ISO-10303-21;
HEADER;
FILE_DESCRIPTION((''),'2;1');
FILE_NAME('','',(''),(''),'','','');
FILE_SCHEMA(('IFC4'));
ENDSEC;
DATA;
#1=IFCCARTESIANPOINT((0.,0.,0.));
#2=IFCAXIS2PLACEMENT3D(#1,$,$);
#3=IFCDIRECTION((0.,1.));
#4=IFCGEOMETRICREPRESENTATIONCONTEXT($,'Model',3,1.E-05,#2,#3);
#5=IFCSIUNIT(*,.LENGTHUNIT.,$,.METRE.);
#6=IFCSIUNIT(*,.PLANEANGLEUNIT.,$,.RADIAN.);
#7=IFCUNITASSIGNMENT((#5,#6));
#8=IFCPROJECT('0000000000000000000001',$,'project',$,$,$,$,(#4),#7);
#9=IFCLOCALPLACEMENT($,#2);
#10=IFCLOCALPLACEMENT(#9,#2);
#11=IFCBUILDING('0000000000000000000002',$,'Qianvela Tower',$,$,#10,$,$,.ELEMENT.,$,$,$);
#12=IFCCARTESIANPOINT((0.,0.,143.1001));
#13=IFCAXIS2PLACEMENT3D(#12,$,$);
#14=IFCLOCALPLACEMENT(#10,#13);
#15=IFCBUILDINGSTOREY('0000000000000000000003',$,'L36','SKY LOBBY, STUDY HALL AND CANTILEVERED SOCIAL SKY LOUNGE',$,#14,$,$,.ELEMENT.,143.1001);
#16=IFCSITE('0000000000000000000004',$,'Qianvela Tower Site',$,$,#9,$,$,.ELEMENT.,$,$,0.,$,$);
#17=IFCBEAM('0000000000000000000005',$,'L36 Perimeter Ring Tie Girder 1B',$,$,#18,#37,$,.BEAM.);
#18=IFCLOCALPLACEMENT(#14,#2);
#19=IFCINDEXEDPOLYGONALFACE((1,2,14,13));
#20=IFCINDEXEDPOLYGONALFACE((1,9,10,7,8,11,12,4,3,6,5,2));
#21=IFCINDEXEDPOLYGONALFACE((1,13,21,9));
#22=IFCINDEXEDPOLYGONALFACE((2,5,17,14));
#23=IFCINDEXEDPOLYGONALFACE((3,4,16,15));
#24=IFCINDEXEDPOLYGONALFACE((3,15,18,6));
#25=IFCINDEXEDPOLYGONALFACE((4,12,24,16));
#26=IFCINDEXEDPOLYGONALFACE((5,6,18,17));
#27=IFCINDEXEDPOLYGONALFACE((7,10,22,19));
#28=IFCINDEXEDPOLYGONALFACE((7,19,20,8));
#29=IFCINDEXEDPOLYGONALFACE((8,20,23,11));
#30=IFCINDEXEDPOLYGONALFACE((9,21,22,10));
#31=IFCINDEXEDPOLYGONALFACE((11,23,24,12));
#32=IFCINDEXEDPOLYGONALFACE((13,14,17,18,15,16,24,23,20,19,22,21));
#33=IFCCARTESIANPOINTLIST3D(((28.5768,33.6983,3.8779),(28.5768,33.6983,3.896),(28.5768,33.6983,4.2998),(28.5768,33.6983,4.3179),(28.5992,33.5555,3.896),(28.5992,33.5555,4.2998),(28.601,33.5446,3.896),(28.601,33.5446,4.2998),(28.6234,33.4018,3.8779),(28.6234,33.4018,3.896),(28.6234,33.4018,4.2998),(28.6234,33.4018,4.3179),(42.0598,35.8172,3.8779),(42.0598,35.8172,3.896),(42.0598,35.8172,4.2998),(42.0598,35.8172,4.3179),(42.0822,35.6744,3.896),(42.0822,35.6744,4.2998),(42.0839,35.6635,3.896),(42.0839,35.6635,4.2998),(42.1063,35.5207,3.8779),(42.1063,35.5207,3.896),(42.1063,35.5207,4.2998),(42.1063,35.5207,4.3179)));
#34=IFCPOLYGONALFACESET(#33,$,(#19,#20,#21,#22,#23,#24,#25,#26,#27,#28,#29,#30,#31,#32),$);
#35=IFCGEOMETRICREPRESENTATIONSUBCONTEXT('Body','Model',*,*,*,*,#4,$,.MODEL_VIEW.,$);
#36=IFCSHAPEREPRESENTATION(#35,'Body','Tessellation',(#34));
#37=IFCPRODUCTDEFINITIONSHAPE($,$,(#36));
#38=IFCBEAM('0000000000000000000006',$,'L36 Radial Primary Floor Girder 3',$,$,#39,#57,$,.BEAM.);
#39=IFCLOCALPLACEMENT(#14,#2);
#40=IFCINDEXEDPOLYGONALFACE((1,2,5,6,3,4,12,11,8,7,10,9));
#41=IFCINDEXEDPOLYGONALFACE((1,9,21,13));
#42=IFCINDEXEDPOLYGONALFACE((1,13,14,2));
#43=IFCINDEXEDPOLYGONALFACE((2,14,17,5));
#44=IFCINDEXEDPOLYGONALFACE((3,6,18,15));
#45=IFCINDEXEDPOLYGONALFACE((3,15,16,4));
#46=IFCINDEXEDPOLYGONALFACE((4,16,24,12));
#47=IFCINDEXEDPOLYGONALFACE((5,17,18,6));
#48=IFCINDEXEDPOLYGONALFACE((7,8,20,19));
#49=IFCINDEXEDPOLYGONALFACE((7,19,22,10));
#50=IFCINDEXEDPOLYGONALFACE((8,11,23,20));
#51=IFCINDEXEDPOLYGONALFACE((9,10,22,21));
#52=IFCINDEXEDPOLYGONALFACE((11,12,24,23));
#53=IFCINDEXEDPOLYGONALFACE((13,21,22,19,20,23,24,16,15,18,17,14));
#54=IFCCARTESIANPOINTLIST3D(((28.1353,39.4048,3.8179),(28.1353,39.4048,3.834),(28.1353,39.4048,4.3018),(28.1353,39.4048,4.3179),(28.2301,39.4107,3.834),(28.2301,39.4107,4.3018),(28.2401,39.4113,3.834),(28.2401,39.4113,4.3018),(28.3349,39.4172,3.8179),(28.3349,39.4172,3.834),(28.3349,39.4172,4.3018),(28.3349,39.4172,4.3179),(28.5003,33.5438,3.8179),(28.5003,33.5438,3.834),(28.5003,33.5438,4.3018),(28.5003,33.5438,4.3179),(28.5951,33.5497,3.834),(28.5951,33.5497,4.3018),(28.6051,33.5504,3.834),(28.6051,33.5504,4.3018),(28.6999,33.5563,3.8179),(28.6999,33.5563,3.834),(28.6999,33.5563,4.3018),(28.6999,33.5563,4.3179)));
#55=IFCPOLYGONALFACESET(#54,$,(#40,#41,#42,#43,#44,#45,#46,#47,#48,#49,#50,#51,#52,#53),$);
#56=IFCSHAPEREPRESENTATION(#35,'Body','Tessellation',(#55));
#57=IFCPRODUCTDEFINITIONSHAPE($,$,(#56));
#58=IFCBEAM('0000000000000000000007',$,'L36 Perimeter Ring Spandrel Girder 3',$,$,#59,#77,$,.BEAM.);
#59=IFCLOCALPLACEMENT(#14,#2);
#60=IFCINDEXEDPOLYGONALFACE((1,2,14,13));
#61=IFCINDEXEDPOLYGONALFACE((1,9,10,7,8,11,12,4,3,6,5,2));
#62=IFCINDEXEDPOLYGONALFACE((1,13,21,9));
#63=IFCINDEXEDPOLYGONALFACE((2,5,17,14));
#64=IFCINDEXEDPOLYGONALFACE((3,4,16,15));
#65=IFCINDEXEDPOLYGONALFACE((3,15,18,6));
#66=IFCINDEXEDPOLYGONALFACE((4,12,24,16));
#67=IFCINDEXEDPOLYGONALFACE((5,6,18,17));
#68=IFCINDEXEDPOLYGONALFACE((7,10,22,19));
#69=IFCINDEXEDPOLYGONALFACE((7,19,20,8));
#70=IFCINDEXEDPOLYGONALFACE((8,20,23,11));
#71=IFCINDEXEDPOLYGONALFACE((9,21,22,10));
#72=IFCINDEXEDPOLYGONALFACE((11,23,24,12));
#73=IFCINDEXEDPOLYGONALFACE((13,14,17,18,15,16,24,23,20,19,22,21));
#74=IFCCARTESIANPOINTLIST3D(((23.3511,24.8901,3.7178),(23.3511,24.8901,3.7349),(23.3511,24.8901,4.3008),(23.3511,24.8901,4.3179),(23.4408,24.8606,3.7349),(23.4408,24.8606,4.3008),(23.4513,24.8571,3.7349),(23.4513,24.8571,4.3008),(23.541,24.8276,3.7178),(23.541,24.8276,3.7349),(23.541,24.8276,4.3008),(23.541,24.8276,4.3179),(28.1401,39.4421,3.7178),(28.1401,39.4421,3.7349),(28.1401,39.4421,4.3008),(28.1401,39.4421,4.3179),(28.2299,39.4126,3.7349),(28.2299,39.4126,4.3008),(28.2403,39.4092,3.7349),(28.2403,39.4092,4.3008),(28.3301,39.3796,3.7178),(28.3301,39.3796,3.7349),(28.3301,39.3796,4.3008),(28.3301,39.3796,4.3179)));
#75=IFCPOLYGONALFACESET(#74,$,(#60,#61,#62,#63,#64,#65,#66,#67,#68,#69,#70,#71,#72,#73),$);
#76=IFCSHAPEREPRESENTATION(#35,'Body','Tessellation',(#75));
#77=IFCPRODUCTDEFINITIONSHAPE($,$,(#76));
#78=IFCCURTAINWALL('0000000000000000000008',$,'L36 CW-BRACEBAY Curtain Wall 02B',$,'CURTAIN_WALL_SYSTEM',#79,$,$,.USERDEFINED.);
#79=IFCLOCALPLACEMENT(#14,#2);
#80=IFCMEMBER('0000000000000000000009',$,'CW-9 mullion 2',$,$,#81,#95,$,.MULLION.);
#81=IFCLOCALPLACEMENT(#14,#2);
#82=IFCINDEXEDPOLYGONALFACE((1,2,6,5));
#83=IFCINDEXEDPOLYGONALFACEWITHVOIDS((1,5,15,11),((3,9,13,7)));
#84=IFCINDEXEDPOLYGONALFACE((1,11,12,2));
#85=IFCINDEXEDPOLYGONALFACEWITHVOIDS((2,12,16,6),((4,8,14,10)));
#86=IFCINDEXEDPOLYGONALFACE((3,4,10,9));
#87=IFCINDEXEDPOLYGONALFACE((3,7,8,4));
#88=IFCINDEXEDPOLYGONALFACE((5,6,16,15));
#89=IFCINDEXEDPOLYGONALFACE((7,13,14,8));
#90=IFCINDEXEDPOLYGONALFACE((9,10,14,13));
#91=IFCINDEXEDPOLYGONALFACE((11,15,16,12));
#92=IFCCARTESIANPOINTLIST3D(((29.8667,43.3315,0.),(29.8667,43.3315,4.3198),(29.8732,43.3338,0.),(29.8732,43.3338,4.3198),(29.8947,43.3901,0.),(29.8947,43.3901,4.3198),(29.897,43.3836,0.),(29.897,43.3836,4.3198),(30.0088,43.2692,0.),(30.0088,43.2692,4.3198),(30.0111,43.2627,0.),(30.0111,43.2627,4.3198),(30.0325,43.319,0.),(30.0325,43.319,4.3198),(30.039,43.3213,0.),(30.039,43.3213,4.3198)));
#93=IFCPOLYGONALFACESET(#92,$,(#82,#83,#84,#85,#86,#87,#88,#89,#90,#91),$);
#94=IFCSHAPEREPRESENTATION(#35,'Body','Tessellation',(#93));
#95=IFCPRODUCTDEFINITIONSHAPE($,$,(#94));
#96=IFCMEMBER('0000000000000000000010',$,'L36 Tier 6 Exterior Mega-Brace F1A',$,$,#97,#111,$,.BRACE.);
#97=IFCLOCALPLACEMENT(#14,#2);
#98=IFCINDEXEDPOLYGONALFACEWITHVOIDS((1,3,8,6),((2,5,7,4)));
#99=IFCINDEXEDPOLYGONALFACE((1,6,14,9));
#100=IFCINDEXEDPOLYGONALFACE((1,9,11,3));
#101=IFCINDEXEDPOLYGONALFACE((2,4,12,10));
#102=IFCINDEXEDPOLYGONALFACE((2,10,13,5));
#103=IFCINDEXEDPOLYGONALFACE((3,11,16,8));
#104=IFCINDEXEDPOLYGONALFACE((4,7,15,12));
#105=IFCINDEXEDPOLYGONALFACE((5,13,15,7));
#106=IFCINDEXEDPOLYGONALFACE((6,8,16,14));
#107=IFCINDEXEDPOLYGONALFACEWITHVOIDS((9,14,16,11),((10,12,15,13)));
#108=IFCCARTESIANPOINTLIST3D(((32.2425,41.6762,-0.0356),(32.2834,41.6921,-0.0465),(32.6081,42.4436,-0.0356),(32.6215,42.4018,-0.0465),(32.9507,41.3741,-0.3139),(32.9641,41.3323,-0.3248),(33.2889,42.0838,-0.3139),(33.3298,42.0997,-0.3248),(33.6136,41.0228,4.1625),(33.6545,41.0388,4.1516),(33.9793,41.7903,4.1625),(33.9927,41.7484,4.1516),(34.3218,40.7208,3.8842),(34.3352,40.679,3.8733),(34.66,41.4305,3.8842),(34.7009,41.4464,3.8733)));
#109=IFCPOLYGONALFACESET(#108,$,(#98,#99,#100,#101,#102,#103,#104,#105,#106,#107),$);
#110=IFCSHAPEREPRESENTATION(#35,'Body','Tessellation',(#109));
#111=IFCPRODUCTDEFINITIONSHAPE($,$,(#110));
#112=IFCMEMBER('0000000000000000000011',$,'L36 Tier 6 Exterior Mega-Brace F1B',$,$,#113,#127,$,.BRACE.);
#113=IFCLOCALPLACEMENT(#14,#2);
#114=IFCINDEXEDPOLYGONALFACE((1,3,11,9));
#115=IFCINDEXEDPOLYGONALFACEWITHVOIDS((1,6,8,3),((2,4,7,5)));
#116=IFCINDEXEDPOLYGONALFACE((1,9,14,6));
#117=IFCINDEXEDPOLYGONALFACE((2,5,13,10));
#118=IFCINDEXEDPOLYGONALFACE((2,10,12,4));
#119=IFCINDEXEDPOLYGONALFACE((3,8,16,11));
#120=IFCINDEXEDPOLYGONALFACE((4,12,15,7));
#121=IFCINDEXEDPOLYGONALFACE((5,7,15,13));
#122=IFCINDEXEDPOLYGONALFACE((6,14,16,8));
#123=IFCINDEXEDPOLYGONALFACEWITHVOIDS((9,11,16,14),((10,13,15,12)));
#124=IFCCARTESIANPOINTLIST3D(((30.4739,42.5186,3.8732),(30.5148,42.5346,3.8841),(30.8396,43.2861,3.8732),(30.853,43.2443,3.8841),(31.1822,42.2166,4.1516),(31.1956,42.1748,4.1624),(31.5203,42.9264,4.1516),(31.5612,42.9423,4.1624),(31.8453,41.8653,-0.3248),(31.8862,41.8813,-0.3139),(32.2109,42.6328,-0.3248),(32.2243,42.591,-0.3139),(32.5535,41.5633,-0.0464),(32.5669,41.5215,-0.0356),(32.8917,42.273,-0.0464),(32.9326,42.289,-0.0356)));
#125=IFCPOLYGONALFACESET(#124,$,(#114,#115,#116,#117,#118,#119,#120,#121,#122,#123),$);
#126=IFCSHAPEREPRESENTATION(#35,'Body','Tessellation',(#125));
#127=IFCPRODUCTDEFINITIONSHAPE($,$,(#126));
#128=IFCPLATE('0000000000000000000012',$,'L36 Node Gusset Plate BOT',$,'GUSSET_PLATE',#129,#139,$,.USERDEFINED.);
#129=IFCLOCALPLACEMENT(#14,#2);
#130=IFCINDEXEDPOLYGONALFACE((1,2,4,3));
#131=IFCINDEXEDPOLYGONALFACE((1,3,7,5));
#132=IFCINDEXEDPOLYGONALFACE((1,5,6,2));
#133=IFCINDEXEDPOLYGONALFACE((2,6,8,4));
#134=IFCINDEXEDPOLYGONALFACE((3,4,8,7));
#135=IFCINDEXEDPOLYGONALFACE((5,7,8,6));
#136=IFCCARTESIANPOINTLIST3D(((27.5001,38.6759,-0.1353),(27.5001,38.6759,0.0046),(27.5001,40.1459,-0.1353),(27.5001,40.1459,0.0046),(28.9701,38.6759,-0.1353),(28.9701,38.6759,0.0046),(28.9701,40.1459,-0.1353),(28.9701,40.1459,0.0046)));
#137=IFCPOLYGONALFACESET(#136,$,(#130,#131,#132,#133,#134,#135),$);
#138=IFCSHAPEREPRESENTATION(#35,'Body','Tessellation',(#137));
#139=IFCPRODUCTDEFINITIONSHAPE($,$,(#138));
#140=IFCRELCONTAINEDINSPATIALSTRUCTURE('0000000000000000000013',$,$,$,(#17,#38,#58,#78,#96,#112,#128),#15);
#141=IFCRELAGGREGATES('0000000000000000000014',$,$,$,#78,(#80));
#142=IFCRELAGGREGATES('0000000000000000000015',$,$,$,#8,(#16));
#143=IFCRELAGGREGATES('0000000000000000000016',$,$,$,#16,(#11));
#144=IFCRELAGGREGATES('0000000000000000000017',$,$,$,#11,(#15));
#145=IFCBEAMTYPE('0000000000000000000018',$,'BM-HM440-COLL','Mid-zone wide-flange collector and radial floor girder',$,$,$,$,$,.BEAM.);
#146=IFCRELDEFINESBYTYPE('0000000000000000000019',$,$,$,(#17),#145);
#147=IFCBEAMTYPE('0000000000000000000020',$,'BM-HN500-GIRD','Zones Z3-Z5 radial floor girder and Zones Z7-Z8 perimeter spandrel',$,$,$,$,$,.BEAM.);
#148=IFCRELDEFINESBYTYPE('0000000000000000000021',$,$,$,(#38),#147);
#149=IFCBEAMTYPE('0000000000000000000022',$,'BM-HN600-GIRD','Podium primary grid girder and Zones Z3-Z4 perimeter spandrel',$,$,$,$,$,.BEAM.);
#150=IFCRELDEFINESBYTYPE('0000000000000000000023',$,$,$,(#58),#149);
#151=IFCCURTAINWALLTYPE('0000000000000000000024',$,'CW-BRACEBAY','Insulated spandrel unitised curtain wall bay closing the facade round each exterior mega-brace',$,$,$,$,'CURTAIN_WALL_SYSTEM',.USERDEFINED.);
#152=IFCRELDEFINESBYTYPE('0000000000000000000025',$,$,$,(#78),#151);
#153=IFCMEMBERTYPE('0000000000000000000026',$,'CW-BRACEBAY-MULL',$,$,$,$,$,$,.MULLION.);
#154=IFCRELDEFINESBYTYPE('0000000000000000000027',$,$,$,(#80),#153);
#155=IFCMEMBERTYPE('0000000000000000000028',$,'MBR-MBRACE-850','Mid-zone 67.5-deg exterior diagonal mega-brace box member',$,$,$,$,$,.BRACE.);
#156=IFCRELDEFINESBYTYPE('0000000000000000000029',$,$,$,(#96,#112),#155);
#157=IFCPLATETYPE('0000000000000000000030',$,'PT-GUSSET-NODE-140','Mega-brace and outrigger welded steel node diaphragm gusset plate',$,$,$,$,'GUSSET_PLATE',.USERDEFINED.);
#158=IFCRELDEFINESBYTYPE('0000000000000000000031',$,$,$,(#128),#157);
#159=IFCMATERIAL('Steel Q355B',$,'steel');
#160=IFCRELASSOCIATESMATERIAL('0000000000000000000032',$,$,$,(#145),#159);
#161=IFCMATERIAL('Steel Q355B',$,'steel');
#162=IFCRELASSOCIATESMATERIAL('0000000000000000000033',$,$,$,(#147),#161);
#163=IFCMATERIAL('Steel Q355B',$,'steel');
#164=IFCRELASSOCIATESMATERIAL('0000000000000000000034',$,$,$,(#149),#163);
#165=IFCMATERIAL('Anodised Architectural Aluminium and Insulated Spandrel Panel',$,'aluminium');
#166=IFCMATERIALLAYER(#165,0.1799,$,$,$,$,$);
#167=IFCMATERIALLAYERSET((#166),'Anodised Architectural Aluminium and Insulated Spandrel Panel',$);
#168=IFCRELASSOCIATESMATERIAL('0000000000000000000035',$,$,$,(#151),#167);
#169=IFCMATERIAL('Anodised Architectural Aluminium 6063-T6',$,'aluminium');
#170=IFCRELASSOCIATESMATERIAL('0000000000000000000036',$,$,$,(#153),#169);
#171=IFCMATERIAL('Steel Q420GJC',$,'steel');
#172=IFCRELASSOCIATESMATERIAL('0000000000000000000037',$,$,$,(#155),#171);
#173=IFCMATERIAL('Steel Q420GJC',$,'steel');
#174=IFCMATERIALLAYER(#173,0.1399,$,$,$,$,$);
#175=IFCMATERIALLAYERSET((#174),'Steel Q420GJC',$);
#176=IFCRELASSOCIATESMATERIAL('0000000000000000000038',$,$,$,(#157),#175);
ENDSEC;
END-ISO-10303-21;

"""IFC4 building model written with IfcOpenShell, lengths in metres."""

from ifc_helpers import new_model, si_unit, direction, frame, origin, origin_2d, place, context, subcontext, project, spatial, rectangle, hollow_rectangle, i_section, extrude, material, layer, layer_set, material_profile, profile_set, type_object, element, aggregate, save


model = new_model("IFC4")

# Units and contexts
model_context = context("Model", 3, precision=1e-05, world=origin(), true_north=direction((0.0, 1.0)))
body_context = subcontext(model_context, "Body", "Model", "MODEL_VIEW")
ifc_project = project(units=[si_unit("LENGTHUNIT", "METRE"), si_unit("PLANEANGLEUNIT", "RADIAN")], contexts=[model_context])

# Site, building, storey
site_placement = place(None, origin())
site = spatial("IfcSite", under=ifc_project, at=site_placement, Name="Qianvela Tower Site", CompositionType="ELEMENT", RefElevation=0.0)
building_placement = place(site_placement, origin())
building = spatial("IfcBuilding", under=site, at=building_placement, Name="Qianvela Tower", CompositionType="ELEMENT")
storey_placement = place(building_placement, frame((0.0, 0.0, 143.1001)))
storey = spatial("IfcBuildingStorey", under=building, at=storey_placement, Name="L36", Description="SKY LOBBY, STUDY HALL AND CANTILEVERED SOCIAL SKY LOUNGE", CompositionType="ELEMENT", Elevation=143.1001)

# Beams
ifc_material_1 = material(Name="Steel Q355B", Category="steel")
ifc_material_profile_1 = material_profile(ifc_material_1, i_section(OverallWidth=0.3, OverallDepth=0.4399, WebThickness=0.011, FlangeThickness=0.0181, at=origin_2d()), Name="HM440x300x11x18")
ifc_profile_set_1 = profile_set([ifc_material_profile_1], Name="Steel Q355B")
beam_type_1 = type_object("IfcBeamType", Name="BM-HM440-COLL", Description="Mid-zone wide-flange collector and radial floor girder", PredefinedType="BEAM", material=ifc_profile_set_1)
beam_1_placement = place(storey_placement, frame((28.6001, 33.55, 4.0979), z_axis=(0.987875, 0.155249, 0.0), x_axis=(-0.155249, 0.987875, 0.0)))
element("IfcBeam", 1, at=beam_1_placement, inside=storey, type_object=beam_type_1, Name="L36 Perimeter Ring Tie Girder 1B", PredefinedType="BEAM", context=body_context, shape_type="SweptSolid", body=[
    extrude(i_section(OverallWidth=0.3, OverallDepth=0.4399, WebThickness=0.011, FlangeThickness=0.0181, at=origin_2d()), origin(), (0.0, 0.0, 1.0), 13.6484),
])
ifc_material_2 = material(Name="Steel Q355B", Category="steel")
ifc_material_profile_2 = material_profile(ifc_material_2, i_section(OverallWidth=0.2, OverallDepth=0.5, WebThickness=0.01, FlangeThickness=0.0161, at=origin_2d()), Name="HN500x200x10x16")
ifc_profile_set_2 = profile_set([ifc_material_profile_2], Name="Steel Q355B")
beam_type_2 = type_object("IfcBeamType", Name="BM-HN500-GIRD", Description="Zones Z3-Z5 radial floor girder and Zones Z7-Z8 perimeter spandrel", PredefinedType="BEAM", material=ifc_profile_set_2)
beam_2_placement = place(storey_placement, frame((28.6001, 33.55, 4.0679), z_axis=(-0.062156, 0.998066, 0.0), x_axis=(-0.998066, -0.062156, 0.0)))
element("IfcBeam", 2, at=beam_2_placement, inside=storey, type_object=beam_type_2, Name="L36 Radial Primary Floor Girder 3", PredefinedType="BEAM", context=body_context, shape_type="SweptSolid", body=[
    extrude(i_section(OverallWidth=0.2, OverallDepth=0.5, WebThickness=0.01, FlangeThickness=0.0161, at=origin_2d()), origin(), (0.0, 0.0, 1.0), 5.8723),
])
ifc_material_3 = material(Name="Steel Q355B", Category="steel")
ifc_material_profile_3 = material_profile(ifc_material_3, i_section(OverallWidth=0.2, OverallDepth=0.6001, WebThickness=0.011, FlangeThickness=0.0171, at=origin_2d()), Name="HN600x200x11x17")
ifc_profile_set_3 = profile_set([ifc_material_profile_3], Name="Steel Q355B")
beam_type_3 = type_object("IfcBeamType", Name="BM-HN600-GIRD", Description="Podium primary grid girder and Zones Z3-Z4 perimeter spandrel", PredefinedType="BEAM", material=ifc_profile_set_3)
beam_3_placement = place(storey_placement, frame((28.2351, 39.4109, 4.0178), z_axis=(-0.312606, -0.949883, 0.0), x_axis=(0.949883, -0.312606, 0.0)))
element("IfcBeam", 3, at=beam_3_placement, inside=storey, type_object=beam_type_3, Name="L36 Perimeter Ring Spandrel Girder 3", PredefinedType="BEAM", context=body_context, shape_type="SweptSolid", body=[
    extrude(i_section(OverallWidth=0.2, OverallDepth=0.6001, WebThickness=0.011, FlangeThickness=0.0171, at=origin_2d()), origin(), (0.0, 0.0, 1.0), 15.3198),
])

# Curtain wall, member
ifc_material_4 = material(Name="Anodised Architectural Aluminium and Insulated Spandrel Panel", Category="aluminium")
ifc_layer_1 = layer(ifc_material_4, 0.1799)
ifc_layer_set_1 = layer_set([ifc_layer_1], Name="Anodised Architectural Aluminium and Insulated Spandrel Panel")
curtain_wall_type = type_object("IfcCurtainWallType", Name="CW-BRACEBAY", Description="Insulated spandrel unitised curtain wall bay closing the facade round each exterior mega-brace", ElementType="CURTAIN_WALL_SYSTEM", PredefinedType="USERDEFINED", material=ifc_layer_set_1)
curtain_wall_placement = place(storey_placement, origin())
curtain_wall = element("IfcCurtainWall", 4, at=curtain_wall_placement, inside=storey, type_object=curtain_wall_type, Name="L36 CW-BRACEBAY Curtain Wall 02B", ObjectType="CURTAIN_WALL_SYSTEM", PredefinedType="USERDEFINED")
ifc_material_5 = material(Name="Anodised Architectural Aluminium 6063-T6", Category="aluminium")
ifc_material_profile_4 = material_profile(ifc_material_5, hollow_rectangle(XDim=0.0649, YDim=0.1599, WallThickness=0.0049, at=origin_2d()), Name="ALU-MULL-65x160")
ifc_profile_set_4 = profile_set([ifc_material_profile_4], Name="Anodised Architectural Aluminium 6063-T6")
member_type_1 = type_object("IfcMemberType", Name="CW-BRACEBAY-MULL", PredefinedType="MULLION", material=ifc_profile_set_4)
member_placement = place(storey_placement, frame((29.9529, 43.3264, 0.0), z_axis=(0.0, 0.0, 1.0), x_axis=(-0.430087, -0.902788, 0.0)))
member = element("IfcMember", 5, at=member_placement, type_object=member_type_1, Name="CW-9 mullion 2", PredefinedType="MULLION", context=body_context, shape_type="SweptSolid", body=[
    extrude(hollow_rectangle(XDim=0.0649, YDim=0.1599, WallThickness=0.0049, at=origin_2d()), origin(), (0.0, 0.0, 1.0), 4.3198),
])
aggregate(curtain_wall, [member])

# Members
ifc_material_6 = material(Name="Steel Q420GJC", Category="steel")
ifc_material_profile_5 = material_profile(ifc_material_6, hollow_rectangle(XDim=0.8501, YDim=0.8501, WallThickness=0.032, at=origin_2d()), Name="MBOX-850x850x32")
ifc_profile_set_5 = profile_set([ifc_material_profile_5], Name="Steel Q420GJC")
member_type_2 = type_object("IfcMemberType", Name="MBR-MBRACE-850", Description="Mid-zone 67.5-deg exterior diagonal mega-brace box member", PredefinedType="BRACE", material=ifc_profile_set_5)
for number, where, z_axis, x_axis, name in (
    (6, (32.7861, 41.8879, -0.1802), (0.307124, -0.146344, 0.94035), (0.430158, 0.902754, 0.0), "L36 Tier 6 Exterior Mega-Brace F1A"),
    (7, (32.3889, 42.0771, -0.1802), (-0.307174, 0.146341, 0.940334), (-0.430096, -0.902783, 0.0), "L36 Tier 6 Exterior Mega-Brace F1B"),
):
    element("IfcMember", number, at=place(storey_placement, frame(where, z_axis=z_axis, x_axis=x_axis)), inside=storey, type_object=member_type_2, Name=name, PredefinedType="BRACE", context=body_context, shape_type="SweptSolid", body=[
        extrude(hollow_rectangle(XDim=0.8501, YDim=0.8501, WallThickness=0.032, at=origin_2d()), origin(), (0.0, 0.0, 1.0), 4.4644),
    ])

# Plate
ifc_material_7 = material(Name="Steel Q420GJC", Category="steel")
ifc_layer_2 = layer(ifc_material_7, 0.1399)
ifc_layer_set_2 = layer_set([ifc_layer_2], Name="Steel Q420GJC")
plate_type = type_object("IfcPlateType", Name="PT-GUSSET-NODE-140", Description="Mega-brace and outrigger welded steel node diaphragm gusset plate", ElementType="GUSSET_PLATE", PredefinedType="USERDEFINED", material=ifc_layer_set_2)
plate_placement = place(storey_placement, frame((28.2351, 39.4109, -0.1353), z_axis=(0.0, 0.0, 1.0), x_axis=(1.0, 0.0, 0.0)))
element("IfcPlate", 8, at=plate_placement, inside=storey, type_object=plate_type, Name="L36 Node Gusset Plate BOT", ObjectType="GUSSET_PLATE", PredefinedType="USERDEFINED", context=body_context, shape_type="SweptSolid", body=[
    extrude(rectangle(XDim=1.47, YDim=1.47, at=origin_2d()), origin(), (0.0, 0.0, 1.0), 0.1399),
])

save(model, "model.ifc")
